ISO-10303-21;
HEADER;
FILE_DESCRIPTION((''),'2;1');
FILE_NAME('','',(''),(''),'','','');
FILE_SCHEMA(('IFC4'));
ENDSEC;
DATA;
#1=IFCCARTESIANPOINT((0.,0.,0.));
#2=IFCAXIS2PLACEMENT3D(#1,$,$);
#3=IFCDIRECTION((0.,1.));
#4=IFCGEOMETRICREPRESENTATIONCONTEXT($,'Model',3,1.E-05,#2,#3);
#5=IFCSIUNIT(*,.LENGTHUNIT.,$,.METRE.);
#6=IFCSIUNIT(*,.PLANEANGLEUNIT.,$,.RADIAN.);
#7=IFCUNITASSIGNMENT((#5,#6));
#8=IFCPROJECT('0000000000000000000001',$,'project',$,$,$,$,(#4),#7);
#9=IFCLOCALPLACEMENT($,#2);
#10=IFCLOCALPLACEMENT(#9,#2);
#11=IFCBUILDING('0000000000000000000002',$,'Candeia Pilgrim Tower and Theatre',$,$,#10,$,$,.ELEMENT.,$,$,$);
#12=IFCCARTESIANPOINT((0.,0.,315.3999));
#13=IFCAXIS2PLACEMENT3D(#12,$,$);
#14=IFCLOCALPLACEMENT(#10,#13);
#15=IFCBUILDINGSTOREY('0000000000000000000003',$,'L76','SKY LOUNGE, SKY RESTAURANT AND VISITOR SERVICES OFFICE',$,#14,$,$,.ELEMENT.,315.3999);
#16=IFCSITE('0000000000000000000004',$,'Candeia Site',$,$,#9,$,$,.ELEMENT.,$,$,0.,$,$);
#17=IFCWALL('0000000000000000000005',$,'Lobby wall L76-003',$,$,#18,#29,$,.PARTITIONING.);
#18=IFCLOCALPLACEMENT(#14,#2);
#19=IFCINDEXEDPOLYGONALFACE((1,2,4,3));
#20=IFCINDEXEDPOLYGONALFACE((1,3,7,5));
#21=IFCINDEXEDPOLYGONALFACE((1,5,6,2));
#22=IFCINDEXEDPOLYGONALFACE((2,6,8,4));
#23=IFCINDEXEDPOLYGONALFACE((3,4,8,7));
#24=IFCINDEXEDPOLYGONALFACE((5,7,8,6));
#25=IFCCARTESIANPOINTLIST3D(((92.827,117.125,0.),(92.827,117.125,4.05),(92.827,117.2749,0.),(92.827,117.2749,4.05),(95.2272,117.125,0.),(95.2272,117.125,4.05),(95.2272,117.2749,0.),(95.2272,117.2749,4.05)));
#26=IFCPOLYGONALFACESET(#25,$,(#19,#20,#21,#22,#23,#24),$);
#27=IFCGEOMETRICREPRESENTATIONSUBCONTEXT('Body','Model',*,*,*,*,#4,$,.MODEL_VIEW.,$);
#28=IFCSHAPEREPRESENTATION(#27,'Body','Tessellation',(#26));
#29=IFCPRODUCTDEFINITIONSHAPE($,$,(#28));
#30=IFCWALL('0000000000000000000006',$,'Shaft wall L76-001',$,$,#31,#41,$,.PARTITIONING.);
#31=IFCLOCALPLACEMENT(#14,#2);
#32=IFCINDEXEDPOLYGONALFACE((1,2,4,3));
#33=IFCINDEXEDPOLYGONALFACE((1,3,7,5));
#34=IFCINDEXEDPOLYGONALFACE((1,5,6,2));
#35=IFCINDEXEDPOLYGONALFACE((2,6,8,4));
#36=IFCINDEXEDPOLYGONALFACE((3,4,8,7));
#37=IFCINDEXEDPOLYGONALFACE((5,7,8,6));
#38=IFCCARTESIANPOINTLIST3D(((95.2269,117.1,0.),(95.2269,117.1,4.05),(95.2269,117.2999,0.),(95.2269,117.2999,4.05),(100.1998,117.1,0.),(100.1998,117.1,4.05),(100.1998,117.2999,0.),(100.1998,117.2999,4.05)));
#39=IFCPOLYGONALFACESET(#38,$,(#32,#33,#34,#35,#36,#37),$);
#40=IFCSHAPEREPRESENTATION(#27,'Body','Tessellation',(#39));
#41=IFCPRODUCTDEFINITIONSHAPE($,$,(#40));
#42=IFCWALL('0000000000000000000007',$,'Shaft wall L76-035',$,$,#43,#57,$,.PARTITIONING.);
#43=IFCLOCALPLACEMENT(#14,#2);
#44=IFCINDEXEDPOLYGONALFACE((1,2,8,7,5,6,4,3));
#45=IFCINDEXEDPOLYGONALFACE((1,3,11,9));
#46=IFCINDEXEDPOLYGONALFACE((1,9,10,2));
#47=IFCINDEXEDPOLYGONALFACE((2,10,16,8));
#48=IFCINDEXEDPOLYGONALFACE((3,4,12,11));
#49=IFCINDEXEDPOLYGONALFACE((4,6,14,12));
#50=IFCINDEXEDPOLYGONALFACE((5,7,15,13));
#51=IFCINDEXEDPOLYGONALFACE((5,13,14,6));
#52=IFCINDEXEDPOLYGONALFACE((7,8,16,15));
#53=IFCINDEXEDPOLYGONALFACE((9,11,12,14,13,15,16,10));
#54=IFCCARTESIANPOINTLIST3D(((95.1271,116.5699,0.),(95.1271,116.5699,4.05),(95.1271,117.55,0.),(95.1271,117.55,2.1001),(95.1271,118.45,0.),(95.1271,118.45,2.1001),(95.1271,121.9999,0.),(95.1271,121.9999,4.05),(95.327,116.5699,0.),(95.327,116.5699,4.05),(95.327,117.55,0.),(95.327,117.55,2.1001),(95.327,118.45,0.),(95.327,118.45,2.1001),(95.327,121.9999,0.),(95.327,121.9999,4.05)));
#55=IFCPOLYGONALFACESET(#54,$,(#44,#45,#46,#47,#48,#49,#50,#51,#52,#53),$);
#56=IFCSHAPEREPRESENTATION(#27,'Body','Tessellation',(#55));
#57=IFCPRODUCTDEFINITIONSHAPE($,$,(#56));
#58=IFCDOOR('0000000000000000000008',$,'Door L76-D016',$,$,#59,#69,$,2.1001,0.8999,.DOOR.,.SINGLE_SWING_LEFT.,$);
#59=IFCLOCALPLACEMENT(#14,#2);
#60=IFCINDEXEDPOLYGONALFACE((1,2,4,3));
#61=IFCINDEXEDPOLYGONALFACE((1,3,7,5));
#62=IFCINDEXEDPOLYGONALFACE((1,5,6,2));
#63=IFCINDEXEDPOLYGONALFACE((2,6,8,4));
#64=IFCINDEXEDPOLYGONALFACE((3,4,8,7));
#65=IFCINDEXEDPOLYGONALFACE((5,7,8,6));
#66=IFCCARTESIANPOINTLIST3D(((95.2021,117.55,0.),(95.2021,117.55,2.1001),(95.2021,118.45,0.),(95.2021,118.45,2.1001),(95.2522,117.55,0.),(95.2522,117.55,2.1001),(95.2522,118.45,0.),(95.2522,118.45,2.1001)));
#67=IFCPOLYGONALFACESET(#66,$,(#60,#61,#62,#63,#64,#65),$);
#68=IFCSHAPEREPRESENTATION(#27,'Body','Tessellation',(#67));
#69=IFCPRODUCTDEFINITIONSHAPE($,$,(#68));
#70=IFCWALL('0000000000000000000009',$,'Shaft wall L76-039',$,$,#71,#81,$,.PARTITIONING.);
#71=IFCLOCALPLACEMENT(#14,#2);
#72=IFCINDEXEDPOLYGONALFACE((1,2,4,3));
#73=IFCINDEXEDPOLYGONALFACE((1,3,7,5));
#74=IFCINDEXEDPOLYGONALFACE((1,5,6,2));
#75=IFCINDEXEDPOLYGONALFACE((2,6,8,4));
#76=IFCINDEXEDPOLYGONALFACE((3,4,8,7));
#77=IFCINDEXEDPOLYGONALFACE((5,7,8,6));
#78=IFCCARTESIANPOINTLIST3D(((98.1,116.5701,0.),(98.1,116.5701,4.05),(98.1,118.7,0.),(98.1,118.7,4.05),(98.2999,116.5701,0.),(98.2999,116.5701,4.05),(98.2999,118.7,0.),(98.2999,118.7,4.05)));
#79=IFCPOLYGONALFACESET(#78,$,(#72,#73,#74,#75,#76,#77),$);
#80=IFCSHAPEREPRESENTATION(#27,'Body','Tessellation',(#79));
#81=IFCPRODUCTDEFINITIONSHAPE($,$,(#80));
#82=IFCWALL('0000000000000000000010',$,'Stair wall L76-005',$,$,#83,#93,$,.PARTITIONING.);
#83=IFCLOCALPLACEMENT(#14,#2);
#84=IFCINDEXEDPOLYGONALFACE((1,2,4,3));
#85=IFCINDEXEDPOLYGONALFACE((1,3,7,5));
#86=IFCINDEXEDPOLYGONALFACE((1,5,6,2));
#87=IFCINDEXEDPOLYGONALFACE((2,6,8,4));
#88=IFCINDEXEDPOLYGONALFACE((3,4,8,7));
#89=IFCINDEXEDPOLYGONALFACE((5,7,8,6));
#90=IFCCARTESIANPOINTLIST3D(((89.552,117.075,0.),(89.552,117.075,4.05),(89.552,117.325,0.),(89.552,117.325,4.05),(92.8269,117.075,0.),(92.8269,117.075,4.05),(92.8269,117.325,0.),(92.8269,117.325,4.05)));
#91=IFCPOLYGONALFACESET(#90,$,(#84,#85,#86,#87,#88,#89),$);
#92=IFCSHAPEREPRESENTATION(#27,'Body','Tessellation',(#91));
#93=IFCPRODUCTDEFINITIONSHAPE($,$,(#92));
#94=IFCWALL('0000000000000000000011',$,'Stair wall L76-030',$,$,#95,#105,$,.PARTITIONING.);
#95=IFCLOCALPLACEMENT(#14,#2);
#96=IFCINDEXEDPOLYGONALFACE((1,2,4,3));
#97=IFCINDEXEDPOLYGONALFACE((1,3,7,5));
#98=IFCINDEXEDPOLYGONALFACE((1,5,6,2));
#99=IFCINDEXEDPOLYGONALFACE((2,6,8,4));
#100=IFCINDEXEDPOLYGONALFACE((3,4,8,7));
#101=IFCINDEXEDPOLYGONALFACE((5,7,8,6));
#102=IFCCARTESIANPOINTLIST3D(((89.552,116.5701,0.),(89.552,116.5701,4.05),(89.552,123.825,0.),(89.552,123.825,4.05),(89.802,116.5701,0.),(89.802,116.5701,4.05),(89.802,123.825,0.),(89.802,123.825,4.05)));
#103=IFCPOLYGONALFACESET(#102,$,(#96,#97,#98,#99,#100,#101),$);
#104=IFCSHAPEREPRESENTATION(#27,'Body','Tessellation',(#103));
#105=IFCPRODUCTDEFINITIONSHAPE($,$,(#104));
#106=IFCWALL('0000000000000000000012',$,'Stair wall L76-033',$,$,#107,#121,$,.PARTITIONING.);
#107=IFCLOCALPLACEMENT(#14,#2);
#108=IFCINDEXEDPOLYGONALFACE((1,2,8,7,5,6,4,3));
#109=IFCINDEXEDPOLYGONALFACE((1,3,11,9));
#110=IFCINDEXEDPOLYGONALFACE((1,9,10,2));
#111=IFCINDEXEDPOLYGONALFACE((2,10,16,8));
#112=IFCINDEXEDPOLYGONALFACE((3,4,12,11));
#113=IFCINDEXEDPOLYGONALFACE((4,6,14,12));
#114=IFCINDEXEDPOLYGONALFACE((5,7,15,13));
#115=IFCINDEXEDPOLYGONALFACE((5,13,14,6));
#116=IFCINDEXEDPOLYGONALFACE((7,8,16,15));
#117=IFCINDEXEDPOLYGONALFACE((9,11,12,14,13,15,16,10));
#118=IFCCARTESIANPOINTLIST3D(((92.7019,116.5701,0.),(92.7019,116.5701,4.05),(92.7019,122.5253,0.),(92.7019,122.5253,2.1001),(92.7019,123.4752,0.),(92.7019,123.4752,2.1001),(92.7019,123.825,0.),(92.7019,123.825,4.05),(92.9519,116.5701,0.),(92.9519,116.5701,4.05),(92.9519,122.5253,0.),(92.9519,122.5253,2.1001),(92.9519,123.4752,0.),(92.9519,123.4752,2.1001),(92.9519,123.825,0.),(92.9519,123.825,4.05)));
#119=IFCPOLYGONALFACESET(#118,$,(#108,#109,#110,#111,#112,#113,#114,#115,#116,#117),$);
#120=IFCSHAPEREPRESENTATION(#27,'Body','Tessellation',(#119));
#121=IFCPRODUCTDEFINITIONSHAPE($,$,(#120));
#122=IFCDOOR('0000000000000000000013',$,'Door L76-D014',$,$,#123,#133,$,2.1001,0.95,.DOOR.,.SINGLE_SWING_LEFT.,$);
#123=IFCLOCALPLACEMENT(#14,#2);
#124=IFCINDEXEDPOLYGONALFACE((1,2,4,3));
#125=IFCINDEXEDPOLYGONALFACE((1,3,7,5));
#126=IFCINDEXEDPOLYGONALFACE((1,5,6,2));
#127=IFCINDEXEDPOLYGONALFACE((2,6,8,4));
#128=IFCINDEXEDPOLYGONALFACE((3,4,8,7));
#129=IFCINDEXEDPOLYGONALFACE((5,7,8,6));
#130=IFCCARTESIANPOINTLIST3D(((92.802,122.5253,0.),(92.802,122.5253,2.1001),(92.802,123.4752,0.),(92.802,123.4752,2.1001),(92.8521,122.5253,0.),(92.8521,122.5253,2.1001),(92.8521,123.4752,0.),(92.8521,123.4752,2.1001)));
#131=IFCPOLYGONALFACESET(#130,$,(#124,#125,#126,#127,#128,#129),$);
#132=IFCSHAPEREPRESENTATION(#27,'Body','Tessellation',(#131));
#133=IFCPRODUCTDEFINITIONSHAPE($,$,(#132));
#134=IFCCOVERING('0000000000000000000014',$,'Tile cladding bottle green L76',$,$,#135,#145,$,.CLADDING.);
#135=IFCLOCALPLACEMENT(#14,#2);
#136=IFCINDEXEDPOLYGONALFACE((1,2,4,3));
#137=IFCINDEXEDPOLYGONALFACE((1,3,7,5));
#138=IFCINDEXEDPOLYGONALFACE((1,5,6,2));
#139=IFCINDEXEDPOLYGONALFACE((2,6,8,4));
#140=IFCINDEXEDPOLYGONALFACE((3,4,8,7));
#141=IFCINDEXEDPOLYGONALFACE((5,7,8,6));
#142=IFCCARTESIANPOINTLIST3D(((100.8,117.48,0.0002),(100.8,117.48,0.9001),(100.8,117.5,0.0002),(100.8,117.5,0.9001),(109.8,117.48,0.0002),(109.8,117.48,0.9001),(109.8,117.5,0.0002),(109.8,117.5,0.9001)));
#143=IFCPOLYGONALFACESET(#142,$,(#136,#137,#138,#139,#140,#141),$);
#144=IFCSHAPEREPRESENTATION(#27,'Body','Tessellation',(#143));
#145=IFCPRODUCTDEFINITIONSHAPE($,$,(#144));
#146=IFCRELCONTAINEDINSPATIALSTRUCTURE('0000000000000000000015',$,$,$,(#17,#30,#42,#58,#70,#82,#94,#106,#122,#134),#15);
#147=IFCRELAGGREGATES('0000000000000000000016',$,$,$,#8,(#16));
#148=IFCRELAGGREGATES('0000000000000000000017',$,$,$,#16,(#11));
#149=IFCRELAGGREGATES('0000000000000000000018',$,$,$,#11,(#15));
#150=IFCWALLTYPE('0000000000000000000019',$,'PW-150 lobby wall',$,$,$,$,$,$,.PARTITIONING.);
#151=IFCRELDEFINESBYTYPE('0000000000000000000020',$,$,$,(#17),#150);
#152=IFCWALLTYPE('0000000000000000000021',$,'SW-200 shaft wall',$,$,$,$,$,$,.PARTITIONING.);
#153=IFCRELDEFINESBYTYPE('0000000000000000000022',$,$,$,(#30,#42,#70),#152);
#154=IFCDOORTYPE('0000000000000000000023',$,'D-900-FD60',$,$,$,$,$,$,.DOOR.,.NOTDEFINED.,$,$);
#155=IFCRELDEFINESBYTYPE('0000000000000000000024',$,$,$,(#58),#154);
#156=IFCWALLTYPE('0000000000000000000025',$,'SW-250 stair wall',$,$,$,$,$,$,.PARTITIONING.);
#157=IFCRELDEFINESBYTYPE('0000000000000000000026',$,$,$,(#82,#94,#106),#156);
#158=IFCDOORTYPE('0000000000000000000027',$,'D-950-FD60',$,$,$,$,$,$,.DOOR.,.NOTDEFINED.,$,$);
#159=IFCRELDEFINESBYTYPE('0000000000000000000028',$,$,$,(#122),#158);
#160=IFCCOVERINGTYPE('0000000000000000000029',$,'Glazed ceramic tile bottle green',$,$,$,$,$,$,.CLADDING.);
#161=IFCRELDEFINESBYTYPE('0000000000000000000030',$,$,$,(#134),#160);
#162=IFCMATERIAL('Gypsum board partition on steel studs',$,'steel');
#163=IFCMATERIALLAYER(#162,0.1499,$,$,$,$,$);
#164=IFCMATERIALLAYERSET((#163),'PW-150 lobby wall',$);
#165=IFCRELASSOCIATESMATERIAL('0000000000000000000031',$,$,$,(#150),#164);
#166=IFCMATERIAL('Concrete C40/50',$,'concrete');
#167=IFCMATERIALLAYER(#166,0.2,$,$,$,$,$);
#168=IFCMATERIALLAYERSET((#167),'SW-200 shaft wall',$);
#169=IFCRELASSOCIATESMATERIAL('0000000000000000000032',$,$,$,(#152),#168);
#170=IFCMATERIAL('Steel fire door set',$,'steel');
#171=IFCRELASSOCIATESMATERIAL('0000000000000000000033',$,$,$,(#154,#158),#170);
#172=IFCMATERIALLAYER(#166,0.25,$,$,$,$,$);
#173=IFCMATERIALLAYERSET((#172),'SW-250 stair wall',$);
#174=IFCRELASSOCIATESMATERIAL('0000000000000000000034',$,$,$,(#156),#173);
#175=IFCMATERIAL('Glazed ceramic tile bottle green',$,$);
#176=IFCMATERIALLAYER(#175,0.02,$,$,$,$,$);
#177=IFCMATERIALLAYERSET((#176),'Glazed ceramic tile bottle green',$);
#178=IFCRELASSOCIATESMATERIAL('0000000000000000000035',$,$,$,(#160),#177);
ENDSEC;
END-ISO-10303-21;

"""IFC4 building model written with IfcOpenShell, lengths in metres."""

from ifc_helpers import new_model, si_unit, direction, frame, frame_2d, origin, origin_2d, place, context, subcontext, project, spatial, rectangle, extrude, material, layer, layer_set, type_object, element, fill, save


model = new_model("IFC4")

# Units and contexts
model_context = context("Model", 3, precision=1e-05, world=origin(), true_north=direction((0.0, 1.0)))
body_context = subcontext(model_context, "Body", "Model", "MODEL_VIEW")
ifc_project = project(units=[si_unit("LENGTHUNIT", "METRE"), si_unit("PLANEANGLEUNIT", "RADIAN")], contexts=[model_context])

# Site, building, storey
site_placement = place(None, origin())
site = spatial("IfcSite", under=ifc_project, at=site_placement, Name="Candeia Site", CompositionType="ELEMENT", RefElevation=0.0)
building_placement = place(site_placement, origin())
building = spatial("IfcBuilding", under=site, at=building_placement, Name="Candeia Pilgrim Tower and Theatre", CompositionType="ELEMENT")
storey_placement = place(building_placement, frame((0.0, 0.0, 315.3999)))
storey = spatial("IfcBuildingStorey", under=building, at=storey_placement, Name="L76", Description="SKY LOUNGE, SKY RESTAURANT AND VISITOR SERVICES OFFICE", CompositionType="ELEMENT", Elevation=315.3999)

# Shared definitions
ifc_material_1 = material(Name="Concrete C40/50", Category="concrete")

# Walls
ifc_material_2 = material(Name="Gypsum board partition on steel studs", Category="steel")
ifc_layer_1 = layer(ifc_material_2, 0.1499)
ifc_layer_set_1 = layer_set([ifc_layer_1], Name="PW-150 lobby wall")
wall_type_1 = type_object("IfcWallType", Name="PW-150 lobby wall", PredefinedType="PARTITIONING", material=ifc_layer_set_1)
wall_1_placement = place(storey_placement, frame((92.8269, 117.2, 0.0), z_axis=(0.0, 0.0, 1.0), x_axis=(1.0, 0.0, 0.0)))
element("IfcWall", 1, at=wall_1_placement, inside=storey, type_object=wall_type_1, Name="Lobby wall L76-003", PredefinedType="PARTITIONING", context=body_context, shape_type="SweptSolid", body=[
    extrude(rectangle(XDim=2.4001, YDim=0.1499, at=frame_2d((1.2002, 0.0))), origin(), (0.0, 0.0, 1.0), 4.05),
])
ifc_layer_2 = layer(ifc_material_1, 0.2)
ifc_layer_set_2 = layer_set([ifc_layer_2], Name="SW-200 shaft wall")
wall_type_2 = type_object("IfcWallType", Name="SW-200 shaft wall", PredefinedType="PARTITIONING", material=ifc_layer_set_2)
wall_2_placement = place(storey_placement, frame((95.2271, 117.2, 0.0), z_axis=(0.0, 0.0, 1.0), x_axis=(1.0, 0.0, 0.0)))
element("IfcWall", 2, at=wall_2_placement, inside=storey, type_object=wall_type_2, Name="Shaft wall L76-001", PredefinedType="PARTITIONING", context=body_context, shape_type="SweptSolid", body=[
    extrude(rectangle(XDim=4.9729, YDim=0.2, at=frame_2d((2.4863, 0.0))), origin(), (0.0, 0.0, 1.0), 4.05),
])

# Wall, opening, door
wall_3_placement = place(storey_placement, frame((95.2271, 116.5701, 0.0), z_axis=(0.0, 0.0, 1.0), x_axis=(0.0, 1.0, 0.0)))
wall_3 = element("IfcWall", 3, at=wall_3_placement, inside=storey, type_object=wall_type_2, Name="Shaft wall L76-035", PredefinedType="PARTITIONING", context=body_context, shape_type="SweptSolid", body=[
    extrude(rectangle(XDim=5.4299, YDim=0.2, at=frame_2d((2.7148, 0.0))), origin(), (0.0, 0.0, 1.0), 4.05),
])
opening_1_placement = place(wall_3_placement, frame((0.98, 0.0, 0.0)))
opening_1 = element("IfcOpeningElement", 4, at=opening_1_placement, cuts=wall_3, PredefinedType="OPENING", context=body_context, shape_type="SweptSolid", body=[
    extrude(rectangle(XDim=0.8999, YDim=2.1001, at=frame_2d((0.45, 1.05))), frame((0.0, 0.1099, 0.0), z_axis=(0.0, -1.0, 0.0), x_axis=(1.0, 0.0, 0.0)), (0.0, 0.0, 1.0), 0.22),
])
ifc_material_3 = material(Name="Steel fire door set", Category="steel")
door_type_1 = type_object("IfcDoorType", Name="D-900-FD60", OperationType="NOTDEFINED", PredefinedType="DOOR", material=ifc_material_3)
door_1_placement = place(opening_1_placement, origin())
door_1 = element("IfcDoor", 5, at=door_1_placement, inside=storey, type_object=door_type_1, Name="Door L76-D016", OperationType="SINGLE_SWING_LEFT", OverallHeight=2.1001, OverallWidth=0.8999, PredefinedType="DOOR", context=body_context, shape_type="SweptSolid", body=[
    extrude(rectangle(XDim=0.8999, YDim=2.1001, at=frame_2d((0.45, 1.05))), frame((0.0, 0.0249, 0.0), z_axis=(0.0, -1.0, 0.0), x_axis=(1.0, 0.0, 0.0)), (0.0, 0.0, 1.0), 0.05),
])
fill(opening_1, door_1)

# Walls
wall_4_placement = place(storey_placement, frame((98.2, 116.5701, 0.0), z_axis=(0.0, 0.0, 1.0), x_axis=(0.0, 1.0, 0.0)))
element("IfcWall", 6, at=wall_4_placement, inside=storey, type_object=wall_type_2, Name="Shaft wall L76-039", PredefinedType="PARTITIONING", context=body_context, shape_type="SweptSolid", body=[
    extrude(rectangle(XDim=2.1299, YDim=0.2, at=frame_2d((1.0649, 0.0))), origin(), (0.0, 0.0, 1.0), 4.05),
])
ifc_layer_3 = layer(ifc_material_1, 0.25)
ifc_layer_set_3 = layer_set([ifc_layer_3], Name="SW-250 stair wall")
wall_type_3 = type_object("IfcWallType", Name="SW-250 stair wall", PredefinedType="PARTITIONING", material=ifc_layer_set_3)
wall_5_placement = place(storey_placement, frame((89.552, 117.2, 0.0), z_axis=(0.0, 0.0, 1.0), x_axis=(1.0, 0.0, 0.0)))
element("IfcWall", 7, at=wall_5_placement, inside=storey, type_object=wall_type_3, Name="Stair wall L76-005", PredefinedType="PARTITIONING", context=body_context, shape_type="SweptSolid", body=[
    extrude(rectangle(XDim=3.2749, YDim=0.25, at=frame_2d((1.6375, 0.0))), origin(), (0.0, 0.0, 1.0), 4.05),
])
wall_6_placement = place(storey_placement, frame((89.677, 116.5701, 0.0), z_axis=(0.0, 0.0, 1.0), x_axis=(0.0, 1.0, 0.0)))
element("IfcWall", 8, at=wall_6_placement, inside=storey, type_object=wall_type_3, Name="Stair wall L76-030", PredefinedType="PARTITIONING", context=body_context, shape_type="SweptSolid", body=[
    extrude(rectangle(XDim=7.2549, YDim=0.25, at=frame_2d((3.6274, 0.0))), origin(), (0.0, 0.0, 1.0), 4.05),
])

# Wall, opening, door
wall_7_placement = place(storey_placement, frame((92.8269, 116.5701, 0.0), z_axis=(0.0, 0.0, 1.0), x_axis=(0.0, 1.0, 0.0)))
wall_7 = element("IfcWall", 9, at=wall_7_placement, inside=storey, type_object=wall_type_3, Name="Stair wall L76-033", PredefinedType="PARTITIONING", context=body_context, shape_type="SweptSolid", body=[
    extrude(rectangle(XDim=7.2549, YDim=0.25, at=frame_2d((3.6274, 0.0))), origin(), (0.0, 0.0, 1.0), 4.05),
])
opening_2_placement = place(wall_7_placement, frame((5.9551, 0.0, 0.0)))
opening_2 = element("IfcOpeningElement", 10, at=opening_2_placement, cuts=wall_7, PredefinedType="OPENING", context=body_context, shape_type="SweptSolid", body=[
    extrude(rectangle(XDim=0.95, YDim=2.1001, at=frame_2d((0.4751, 1.05))), frame((0.0, 0.135, 0.0), z_axis=(0.0, -1.0, 0.0), x_axis=(1.0, 0.0, 0.0)), (0.0, 0.0, 1.0), 0.27),
])
door_type_2 = type_object("IfcDoorType", Name="D-950-FD60", OperationType="NOTDEFINED", PredefinedType="DOOR", material=ifc_material_3)
door_2_placement = place(opening_2_placement, origin())
door_2 = element("IfcDoor", 11, at=door_2_placement, inside=storey, type_object=door_type_2, Name="Door L76-D014", OperationType="SINGLE_SWING_LEFT", OverallHeight=2.1001, OverallWidth=0.95, PredefinedType="DOOR", context=body_context, shape_type="SweptSolid", body=[
    extrude(rectangle(XDim=0.95, YDim=2.1001, at=frame_2d((0.4751, 1.05))), frame((0.0, 0.0249, 0.0), z_axis=(0.0, -1.0, 0.0), x_axis=(1.0, 0.0, 0.0)), (0.0, 0.0, 1.0), 0.05),
])
fill(opening_2, door_2)

# Covering
ifc_material_4 = material(Name="Glazed ceramic tile bottle green")
ifc_layer_4 = layer(ifc_material_4, 0.02)
ifc_layer_set_4 = layer_set([ifc_layer_4], Name="Glazed ceramic tile bottle green")
covering_type = type_object("IfcCoveringType", Name="Glazed ceramic tile bottle green", PredefinedType="CLADDING", material=ifc_layer_set_4)
covering_placement = place(storey_placement, frame((105.3, 117.49, 0.0002), z_axis=(0.0, 0.0, 1.0), x_axis=(1.0, 0.0, 0.0)))
element("IfcCovering", 12, at=covering_placement, inside=storey, type_object=covering_type, Name="Tile cladding bottle green L76", PredefinedType="CLADDING", context=body_context, shape_type="SweptSolid", body=[
    extrude(rectangle(XDim=9.0, YDim=0.02, at=origin_2d()), origin(), (0.0, 0.0, 1.0), 0.8999),
])

save(model, "model.ifc")
